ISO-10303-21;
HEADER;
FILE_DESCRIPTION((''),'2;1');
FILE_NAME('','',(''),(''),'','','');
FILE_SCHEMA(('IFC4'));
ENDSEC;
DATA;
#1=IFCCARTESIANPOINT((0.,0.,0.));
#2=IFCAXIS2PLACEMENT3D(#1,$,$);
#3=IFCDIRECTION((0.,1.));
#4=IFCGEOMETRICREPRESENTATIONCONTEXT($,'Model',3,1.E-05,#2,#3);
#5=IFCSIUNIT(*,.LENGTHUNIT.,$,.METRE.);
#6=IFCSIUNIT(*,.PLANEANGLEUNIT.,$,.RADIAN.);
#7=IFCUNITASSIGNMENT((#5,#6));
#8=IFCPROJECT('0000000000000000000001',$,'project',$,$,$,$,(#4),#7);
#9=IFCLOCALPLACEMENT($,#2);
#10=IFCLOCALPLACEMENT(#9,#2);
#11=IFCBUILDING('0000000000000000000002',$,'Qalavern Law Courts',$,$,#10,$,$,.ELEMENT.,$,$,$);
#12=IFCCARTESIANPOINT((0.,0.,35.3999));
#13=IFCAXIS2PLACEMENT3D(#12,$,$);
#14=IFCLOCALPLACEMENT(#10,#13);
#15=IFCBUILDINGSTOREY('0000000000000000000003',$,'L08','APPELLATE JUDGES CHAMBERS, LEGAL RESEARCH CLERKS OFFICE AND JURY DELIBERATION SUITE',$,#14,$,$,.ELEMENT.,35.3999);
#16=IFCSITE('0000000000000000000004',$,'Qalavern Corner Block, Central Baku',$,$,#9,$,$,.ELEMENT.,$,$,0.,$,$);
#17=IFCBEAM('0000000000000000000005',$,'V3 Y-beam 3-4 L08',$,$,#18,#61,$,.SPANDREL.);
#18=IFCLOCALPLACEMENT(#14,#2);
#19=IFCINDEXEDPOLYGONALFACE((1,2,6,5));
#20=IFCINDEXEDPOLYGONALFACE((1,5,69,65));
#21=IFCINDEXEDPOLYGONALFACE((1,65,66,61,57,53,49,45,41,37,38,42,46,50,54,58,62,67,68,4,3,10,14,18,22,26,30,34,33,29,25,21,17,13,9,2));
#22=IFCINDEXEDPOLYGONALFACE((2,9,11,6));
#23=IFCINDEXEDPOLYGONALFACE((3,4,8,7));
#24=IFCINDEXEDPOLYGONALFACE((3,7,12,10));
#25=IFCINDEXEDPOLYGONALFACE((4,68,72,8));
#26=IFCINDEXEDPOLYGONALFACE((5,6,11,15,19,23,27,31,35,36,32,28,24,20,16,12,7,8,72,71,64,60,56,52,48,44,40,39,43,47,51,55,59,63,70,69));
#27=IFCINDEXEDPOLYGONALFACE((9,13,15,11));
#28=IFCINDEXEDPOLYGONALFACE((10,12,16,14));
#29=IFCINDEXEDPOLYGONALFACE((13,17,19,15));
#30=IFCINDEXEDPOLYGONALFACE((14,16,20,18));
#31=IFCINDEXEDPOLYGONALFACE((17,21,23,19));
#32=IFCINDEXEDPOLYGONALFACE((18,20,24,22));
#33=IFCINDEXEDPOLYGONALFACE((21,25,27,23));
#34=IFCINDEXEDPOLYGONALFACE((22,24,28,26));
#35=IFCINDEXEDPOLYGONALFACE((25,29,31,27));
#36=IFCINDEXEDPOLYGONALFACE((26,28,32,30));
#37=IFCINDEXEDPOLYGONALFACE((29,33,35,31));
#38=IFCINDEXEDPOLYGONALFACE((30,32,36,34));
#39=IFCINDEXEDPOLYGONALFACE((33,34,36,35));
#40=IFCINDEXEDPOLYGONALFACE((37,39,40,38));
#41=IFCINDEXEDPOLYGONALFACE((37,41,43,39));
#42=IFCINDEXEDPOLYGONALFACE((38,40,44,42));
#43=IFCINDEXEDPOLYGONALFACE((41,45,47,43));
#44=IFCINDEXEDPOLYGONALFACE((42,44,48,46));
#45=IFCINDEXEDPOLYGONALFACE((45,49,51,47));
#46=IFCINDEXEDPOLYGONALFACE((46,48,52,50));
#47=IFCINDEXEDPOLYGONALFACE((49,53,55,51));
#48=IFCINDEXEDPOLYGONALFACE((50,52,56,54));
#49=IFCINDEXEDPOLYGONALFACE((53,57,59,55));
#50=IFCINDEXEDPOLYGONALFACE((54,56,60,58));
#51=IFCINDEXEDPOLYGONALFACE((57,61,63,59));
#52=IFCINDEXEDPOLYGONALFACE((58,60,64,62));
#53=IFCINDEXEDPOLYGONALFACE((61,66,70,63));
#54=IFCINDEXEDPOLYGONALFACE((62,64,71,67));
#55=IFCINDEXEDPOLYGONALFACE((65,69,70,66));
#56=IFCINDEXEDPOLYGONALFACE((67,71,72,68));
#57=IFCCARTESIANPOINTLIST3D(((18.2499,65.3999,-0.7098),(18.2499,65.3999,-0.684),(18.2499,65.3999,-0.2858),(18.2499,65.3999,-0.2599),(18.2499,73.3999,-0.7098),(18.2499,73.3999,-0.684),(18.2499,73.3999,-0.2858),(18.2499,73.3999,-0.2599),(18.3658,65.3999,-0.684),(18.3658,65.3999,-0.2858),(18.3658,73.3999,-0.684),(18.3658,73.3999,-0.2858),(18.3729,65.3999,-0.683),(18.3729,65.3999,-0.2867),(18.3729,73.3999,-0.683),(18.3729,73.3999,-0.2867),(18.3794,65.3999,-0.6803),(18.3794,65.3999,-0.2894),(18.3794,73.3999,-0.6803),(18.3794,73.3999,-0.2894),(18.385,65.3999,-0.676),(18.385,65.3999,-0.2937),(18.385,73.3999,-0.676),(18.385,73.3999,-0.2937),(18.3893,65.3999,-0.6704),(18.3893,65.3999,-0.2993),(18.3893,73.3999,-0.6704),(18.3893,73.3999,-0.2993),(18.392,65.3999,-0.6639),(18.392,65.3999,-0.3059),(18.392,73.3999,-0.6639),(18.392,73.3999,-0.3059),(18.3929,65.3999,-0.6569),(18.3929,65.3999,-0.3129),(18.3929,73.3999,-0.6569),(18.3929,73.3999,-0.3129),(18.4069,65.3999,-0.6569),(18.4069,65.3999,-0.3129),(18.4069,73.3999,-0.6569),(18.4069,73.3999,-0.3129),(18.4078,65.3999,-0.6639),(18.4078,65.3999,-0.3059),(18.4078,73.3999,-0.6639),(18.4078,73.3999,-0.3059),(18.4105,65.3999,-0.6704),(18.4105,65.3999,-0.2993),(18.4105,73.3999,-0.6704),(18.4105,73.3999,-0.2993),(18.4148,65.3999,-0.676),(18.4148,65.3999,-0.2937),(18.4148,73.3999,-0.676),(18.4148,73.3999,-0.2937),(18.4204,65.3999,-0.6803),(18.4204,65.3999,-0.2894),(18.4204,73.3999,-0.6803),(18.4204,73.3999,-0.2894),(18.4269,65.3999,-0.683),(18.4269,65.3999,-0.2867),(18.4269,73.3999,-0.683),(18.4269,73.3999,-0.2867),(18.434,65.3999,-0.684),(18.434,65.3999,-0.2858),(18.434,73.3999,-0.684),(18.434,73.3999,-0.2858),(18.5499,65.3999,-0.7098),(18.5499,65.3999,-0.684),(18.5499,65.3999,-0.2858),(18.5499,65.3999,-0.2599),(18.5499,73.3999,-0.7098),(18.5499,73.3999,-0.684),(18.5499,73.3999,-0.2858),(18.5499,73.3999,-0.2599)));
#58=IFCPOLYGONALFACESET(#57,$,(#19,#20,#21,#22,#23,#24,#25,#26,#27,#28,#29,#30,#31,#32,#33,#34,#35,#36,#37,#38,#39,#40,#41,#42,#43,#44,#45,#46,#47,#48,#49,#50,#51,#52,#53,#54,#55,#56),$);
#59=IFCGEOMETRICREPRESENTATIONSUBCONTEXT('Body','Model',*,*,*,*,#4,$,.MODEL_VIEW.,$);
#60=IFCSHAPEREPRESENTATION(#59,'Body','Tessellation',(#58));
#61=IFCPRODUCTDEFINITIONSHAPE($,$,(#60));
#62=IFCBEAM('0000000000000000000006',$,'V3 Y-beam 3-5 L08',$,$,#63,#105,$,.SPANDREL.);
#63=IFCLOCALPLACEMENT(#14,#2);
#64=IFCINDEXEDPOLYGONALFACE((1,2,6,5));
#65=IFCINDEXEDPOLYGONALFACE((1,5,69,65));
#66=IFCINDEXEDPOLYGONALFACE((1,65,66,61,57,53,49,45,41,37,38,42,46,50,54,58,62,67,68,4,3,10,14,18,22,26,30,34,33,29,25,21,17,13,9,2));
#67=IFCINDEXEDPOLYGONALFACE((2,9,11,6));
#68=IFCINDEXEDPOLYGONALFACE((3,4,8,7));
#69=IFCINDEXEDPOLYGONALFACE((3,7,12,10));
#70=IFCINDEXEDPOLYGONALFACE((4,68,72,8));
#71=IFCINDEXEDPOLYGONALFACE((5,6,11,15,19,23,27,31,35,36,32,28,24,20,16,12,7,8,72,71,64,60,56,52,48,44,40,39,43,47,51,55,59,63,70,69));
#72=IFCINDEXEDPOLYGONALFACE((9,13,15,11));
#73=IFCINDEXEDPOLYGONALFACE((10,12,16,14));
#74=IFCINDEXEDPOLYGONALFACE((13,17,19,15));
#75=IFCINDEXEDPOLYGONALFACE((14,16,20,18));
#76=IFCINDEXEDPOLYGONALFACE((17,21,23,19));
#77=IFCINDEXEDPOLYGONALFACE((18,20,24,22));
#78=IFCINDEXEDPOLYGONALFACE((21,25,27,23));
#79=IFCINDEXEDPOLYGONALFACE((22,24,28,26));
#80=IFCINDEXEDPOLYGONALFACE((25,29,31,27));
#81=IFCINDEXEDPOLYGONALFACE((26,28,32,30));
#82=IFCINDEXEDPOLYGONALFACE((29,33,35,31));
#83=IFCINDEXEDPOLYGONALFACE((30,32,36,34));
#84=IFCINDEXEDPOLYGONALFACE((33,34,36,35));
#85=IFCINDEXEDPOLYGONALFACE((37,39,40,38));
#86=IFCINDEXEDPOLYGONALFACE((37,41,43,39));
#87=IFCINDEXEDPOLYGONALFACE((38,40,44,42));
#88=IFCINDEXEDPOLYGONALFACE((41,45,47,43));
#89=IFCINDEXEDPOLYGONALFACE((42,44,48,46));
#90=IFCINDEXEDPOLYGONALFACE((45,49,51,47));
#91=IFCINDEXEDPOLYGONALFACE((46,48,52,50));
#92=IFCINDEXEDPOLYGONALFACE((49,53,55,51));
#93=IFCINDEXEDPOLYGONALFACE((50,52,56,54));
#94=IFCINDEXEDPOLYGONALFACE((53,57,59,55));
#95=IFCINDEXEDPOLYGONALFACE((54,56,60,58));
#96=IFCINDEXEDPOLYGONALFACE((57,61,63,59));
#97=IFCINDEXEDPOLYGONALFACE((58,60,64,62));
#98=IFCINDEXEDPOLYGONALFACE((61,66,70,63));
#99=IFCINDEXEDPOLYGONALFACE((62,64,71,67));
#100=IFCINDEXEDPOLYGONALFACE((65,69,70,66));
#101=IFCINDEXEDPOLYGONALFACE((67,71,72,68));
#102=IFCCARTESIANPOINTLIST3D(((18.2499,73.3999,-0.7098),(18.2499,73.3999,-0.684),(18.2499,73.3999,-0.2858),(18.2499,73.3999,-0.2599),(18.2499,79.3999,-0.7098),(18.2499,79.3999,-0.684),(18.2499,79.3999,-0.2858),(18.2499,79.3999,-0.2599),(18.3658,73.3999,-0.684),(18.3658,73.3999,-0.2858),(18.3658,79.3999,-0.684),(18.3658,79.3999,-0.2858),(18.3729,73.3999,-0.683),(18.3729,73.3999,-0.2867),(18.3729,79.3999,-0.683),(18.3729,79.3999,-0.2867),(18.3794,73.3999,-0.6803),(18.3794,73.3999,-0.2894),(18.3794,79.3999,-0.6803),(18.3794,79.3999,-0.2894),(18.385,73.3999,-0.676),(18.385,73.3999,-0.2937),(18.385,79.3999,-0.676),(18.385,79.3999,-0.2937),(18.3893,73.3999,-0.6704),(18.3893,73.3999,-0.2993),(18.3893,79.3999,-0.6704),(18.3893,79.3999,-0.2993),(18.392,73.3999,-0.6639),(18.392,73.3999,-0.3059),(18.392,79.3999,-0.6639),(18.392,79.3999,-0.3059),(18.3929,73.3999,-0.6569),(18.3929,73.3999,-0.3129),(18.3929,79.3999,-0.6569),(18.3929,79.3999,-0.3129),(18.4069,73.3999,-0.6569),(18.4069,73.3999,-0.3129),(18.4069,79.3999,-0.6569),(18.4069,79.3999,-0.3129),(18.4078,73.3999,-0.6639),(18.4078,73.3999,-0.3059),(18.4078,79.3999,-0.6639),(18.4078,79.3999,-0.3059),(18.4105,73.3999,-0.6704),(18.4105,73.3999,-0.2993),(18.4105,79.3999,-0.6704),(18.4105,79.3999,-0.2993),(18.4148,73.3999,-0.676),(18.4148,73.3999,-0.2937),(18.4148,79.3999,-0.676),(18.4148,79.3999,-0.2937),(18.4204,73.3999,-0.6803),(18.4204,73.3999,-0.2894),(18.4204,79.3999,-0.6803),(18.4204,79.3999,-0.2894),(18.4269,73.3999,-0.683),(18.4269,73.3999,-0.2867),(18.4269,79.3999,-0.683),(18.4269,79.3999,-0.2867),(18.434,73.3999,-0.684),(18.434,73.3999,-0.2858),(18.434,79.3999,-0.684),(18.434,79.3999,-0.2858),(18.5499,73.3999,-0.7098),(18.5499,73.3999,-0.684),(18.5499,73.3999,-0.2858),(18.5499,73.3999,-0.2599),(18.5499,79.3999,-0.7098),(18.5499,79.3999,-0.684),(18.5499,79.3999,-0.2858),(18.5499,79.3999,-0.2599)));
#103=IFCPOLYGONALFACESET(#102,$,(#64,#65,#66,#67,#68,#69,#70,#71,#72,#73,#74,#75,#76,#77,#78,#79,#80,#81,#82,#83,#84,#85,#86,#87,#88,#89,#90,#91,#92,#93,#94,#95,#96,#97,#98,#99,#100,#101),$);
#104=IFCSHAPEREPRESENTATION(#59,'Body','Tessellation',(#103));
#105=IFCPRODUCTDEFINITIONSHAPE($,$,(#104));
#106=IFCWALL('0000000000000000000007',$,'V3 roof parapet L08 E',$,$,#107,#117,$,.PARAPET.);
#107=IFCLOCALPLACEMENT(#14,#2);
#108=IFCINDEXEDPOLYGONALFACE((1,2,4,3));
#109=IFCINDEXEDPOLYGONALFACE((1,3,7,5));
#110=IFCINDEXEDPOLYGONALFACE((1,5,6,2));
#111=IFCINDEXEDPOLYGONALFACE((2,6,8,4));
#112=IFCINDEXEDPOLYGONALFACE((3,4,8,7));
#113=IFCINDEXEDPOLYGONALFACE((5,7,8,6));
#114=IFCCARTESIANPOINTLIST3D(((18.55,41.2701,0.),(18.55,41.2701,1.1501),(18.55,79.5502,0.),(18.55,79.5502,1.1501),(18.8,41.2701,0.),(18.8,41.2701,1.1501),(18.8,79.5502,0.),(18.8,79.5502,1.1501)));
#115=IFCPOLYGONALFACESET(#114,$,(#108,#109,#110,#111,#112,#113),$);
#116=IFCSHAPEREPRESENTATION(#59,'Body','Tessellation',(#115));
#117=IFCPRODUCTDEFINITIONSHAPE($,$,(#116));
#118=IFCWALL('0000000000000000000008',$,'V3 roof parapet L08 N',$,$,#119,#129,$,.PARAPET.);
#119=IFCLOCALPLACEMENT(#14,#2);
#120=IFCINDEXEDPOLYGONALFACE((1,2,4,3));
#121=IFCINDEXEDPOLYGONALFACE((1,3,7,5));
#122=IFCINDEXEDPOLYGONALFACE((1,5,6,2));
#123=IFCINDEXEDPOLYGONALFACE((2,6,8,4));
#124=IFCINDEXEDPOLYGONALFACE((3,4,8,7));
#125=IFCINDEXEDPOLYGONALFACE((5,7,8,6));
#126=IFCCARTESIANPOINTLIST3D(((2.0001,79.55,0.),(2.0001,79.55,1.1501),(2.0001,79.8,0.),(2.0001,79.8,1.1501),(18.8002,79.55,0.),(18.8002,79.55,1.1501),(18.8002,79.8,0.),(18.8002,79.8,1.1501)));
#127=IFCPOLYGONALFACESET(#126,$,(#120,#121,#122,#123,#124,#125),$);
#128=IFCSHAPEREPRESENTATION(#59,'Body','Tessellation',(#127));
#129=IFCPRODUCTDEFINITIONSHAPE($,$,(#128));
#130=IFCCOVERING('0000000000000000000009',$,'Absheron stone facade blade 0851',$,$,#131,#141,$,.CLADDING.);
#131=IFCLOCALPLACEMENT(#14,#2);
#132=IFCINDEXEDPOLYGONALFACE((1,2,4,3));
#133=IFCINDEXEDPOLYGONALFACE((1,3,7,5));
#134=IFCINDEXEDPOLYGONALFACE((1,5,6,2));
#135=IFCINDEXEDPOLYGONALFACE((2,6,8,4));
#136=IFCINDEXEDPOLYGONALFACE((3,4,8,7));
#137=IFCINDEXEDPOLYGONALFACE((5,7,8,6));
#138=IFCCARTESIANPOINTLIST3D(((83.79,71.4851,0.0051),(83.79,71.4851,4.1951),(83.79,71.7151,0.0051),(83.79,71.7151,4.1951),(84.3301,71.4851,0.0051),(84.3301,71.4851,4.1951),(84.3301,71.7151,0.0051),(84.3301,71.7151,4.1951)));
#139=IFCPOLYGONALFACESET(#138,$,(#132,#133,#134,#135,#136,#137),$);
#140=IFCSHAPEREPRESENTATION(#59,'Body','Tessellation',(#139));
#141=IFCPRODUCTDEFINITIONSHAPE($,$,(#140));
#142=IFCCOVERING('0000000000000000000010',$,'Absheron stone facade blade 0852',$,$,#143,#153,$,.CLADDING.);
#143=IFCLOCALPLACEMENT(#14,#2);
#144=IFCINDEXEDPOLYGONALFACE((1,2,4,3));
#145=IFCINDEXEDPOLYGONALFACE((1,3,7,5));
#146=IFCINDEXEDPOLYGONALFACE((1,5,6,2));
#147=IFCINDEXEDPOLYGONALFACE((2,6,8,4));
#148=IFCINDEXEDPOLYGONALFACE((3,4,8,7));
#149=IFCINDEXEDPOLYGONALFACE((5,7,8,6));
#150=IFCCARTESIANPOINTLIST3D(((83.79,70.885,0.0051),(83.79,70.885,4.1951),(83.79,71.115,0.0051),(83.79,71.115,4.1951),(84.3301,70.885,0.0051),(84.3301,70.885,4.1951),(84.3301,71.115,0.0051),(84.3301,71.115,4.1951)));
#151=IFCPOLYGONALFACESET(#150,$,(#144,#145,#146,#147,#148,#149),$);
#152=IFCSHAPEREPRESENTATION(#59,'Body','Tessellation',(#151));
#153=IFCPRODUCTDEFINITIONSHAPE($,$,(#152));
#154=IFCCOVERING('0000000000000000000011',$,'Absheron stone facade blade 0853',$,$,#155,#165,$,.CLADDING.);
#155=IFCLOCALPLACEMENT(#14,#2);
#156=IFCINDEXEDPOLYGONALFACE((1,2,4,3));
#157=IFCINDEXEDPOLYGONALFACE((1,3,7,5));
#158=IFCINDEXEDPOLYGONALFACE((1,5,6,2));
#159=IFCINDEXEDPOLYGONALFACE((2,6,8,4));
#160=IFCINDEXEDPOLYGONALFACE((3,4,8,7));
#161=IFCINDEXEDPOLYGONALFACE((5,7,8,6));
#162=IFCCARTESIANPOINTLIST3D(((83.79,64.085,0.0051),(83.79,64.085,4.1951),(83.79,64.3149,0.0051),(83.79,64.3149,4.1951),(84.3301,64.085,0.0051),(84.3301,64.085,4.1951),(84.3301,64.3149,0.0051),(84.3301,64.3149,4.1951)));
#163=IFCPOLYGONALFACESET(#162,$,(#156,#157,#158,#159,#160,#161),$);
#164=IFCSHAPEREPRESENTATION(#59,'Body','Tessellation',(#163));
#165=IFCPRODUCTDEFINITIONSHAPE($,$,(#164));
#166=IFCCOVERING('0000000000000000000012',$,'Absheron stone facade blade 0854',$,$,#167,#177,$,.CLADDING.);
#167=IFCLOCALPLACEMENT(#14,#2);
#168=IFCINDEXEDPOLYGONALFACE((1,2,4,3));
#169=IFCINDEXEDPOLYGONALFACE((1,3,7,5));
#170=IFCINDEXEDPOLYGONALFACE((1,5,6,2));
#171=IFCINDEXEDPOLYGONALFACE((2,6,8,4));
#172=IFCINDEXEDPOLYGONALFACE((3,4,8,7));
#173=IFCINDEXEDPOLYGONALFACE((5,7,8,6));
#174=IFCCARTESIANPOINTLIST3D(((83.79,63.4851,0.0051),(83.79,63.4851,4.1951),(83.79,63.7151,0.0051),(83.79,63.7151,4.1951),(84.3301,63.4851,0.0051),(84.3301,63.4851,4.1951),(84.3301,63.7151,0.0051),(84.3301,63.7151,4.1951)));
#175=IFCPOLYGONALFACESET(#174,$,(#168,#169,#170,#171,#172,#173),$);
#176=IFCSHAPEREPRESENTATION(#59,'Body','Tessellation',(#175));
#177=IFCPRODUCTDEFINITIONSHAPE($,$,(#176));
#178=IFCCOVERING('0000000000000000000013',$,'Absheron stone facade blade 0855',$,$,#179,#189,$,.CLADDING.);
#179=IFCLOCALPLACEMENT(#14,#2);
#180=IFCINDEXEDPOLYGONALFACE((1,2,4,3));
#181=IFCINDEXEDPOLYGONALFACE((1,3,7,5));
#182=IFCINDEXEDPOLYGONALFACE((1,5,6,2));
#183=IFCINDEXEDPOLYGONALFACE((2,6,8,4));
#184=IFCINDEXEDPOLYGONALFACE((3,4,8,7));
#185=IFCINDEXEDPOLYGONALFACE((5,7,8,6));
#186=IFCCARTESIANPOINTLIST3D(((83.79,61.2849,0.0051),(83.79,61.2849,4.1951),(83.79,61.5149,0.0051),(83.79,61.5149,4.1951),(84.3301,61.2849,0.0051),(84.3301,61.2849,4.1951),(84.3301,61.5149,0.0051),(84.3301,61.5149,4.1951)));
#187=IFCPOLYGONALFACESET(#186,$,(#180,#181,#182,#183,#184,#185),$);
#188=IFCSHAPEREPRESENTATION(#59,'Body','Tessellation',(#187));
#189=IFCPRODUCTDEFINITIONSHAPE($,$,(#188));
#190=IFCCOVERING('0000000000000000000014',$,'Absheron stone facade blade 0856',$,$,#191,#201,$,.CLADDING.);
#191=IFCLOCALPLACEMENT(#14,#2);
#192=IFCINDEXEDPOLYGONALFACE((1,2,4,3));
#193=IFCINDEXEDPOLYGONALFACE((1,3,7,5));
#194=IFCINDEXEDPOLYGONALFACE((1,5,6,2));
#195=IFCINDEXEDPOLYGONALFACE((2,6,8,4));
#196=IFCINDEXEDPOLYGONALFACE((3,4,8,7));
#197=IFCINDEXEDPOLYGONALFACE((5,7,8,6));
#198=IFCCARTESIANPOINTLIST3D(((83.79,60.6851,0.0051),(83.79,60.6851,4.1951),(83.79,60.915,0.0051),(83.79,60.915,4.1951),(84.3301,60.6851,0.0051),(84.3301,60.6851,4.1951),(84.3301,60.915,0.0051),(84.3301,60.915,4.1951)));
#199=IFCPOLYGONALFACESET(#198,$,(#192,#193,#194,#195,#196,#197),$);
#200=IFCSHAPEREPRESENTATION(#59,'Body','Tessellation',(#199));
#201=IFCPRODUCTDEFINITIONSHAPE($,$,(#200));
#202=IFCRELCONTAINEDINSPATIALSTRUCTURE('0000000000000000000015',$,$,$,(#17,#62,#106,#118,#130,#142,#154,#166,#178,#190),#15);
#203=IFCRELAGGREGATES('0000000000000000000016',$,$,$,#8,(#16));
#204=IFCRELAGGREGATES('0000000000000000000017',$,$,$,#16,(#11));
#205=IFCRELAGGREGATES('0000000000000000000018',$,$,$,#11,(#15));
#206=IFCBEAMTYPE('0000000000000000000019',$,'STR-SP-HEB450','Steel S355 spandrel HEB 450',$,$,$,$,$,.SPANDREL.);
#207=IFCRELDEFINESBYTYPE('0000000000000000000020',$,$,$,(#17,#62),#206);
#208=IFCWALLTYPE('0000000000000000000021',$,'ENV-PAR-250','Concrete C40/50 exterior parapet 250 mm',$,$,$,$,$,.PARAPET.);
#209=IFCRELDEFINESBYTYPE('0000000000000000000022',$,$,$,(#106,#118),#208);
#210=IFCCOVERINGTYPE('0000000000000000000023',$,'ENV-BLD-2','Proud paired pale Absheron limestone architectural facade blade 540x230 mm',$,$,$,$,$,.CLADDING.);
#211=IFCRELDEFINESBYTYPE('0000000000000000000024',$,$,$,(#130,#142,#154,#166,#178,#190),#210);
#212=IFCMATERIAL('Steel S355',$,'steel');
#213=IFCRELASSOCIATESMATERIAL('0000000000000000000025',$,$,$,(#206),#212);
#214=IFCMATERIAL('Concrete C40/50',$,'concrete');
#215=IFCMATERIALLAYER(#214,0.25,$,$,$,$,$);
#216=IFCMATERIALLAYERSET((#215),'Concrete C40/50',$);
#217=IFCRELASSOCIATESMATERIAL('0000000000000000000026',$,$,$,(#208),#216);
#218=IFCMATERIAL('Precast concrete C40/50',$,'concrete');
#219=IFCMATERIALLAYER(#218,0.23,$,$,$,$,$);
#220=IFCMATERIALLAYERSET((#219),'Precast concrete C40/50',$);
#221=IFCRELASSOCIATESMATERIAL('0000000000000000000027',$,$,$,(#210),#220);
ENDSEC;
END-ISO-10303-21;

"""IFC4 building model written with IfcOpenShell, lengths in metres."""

from ifc_helpers import new_model, si_unit, direction, frame, frame_2d, origin, origin_2d, place, context, subcontext, project, spatial, rectangle, i_section, extrude, material, layer, layer_set, material_profile, profile_set, type_object, element, save


model = new_model("IFC4")

# Units and contexts
model_context = context("Model", 3, precision=1e-05, world=origin(), true_north=direction((0.0, 1.0)))
body_context = subcontext(model_context, "Body", "Model", "MODEL_VIEW")
ifc_project = project(units=[si_unit("LENGTHUNIT", "METRE"), si_unit("PLANEANGLEUNIT", "RADIAN")], contexts=[model_context])

# Site, building, storey
site_placement = place(None, origin())
site = spatial("IfcSite", under=ifc_project, at=site_placement, Name="Qalavern Corner Block, Central Baku", CompositionType="ELEMENT", RefElevation=0.0)
building_placement = place(site_placement, origin())
building = spatial("IfcBuilding", under=site, at=building_placement, Name="Qalavern Law Courts", CompositionType="ELEMENT")
storey_placement = place(building_placement, frame((0.0, 0.0, 35.3999)))
storey = spatial("IfcBuildingStorey", under=building, at=storey_placement, Name="L08", Description="APPELLATE JUDGES CHAMBERS, LEGAL RESEARCH CLERKS OFFICE AND JURY DELIBERATION SUITE", CompositionType="ELEMENT", Elevation=35.3999)

# Beams
ifc_material_1 = material(Name="Steel S355", Category="steel")
ifc_material_profile_1 = material_profile(ifc_material_1, i_section(OverallWidth=0.3, OverallDepth=0.45, WebThickness=0.0139, FlangeThickness=0.0259, FilletRadius=0.0271, at=origin_2d()), Name="HEB 450")
ifc_profile_set_1 = profile_set([ifc_material_profile_1], Name="Steel S355")
beam_type_1 = type_object("IfcBeamType", Name="STR-SP-HEB450", Description="Steel S355 spandrel HEB 450", PredefinedType="SPANDREL", material=ifc_profile_set_1)
for number, where, z_axis, x_axis, name in (
    (1, (18.3999, 65.3999, -0.4849), (0.0, 1.0, 0.0), (-1.0, 0.0, 0.0), "V3 Y-beam 3-4 L08"),
):
    element("IfcBeam", number, at=place(storey_placement, frame(where, z_axis=z_axis, x_axis=x_axis)), inside=storey, type_object=beam_type_1, Name=name, PredefinedType="SPANDREL", context=body_context, shape_type="SweptSolid", body=[
        extrude(i_section(OverallWidth=0.3, OverallDepth=0.45, WebThickness=0.0139, FlangeThickness=0.0259, FilletRadius=0.0271, at=origin_2d()), origin(), (0.0, 0.0, 1.0), 8.0),
    ])
beam_1_placement = place(storey_placement, frame((18.3999, 73.3999, -0.4849), z_axis=(0.0, 1.0, 0.0), x_axis=(-1.0, 0.0, 0.0)))
element("IfcBeam", 2, at=beam_1_placement, inside=storey, type_object=beam_type_1, Name="V3 Y-beam 3-5 L08", PredefinedType="SPANDREL", context=body_context, shape_type="SweptSolid", body=[
    extrude(i_section(OverallWidth=0.3, OverallDepth=0.45, WebThickness=0.0139, FlangeThickness=0.0259, FilletRadius=0.0271, at=origin_2d()), origin(), (0.0, 0.0, 1.0), 6.0),
])

# Walls
ifc_material_2 = material(Name="Concrete C40/50", Category="concrete")
ifc_layer_1 = layer(ifc_material_2, 0.25)
ifc_layer_set_1 = layer_set([ifc_layer_1], Name="Concrete C40/50")
wall_type = type_object("IfcWallType", Name="ENV-PAR-250", Description="Concrete C40/50 exterior parapet 250 mm", PredefinedType="PARAPET", material=ifc_layer_set_1)
wall_1_placement = place(storey_placement, frame((18.675, 41.27, 0.0), z_axis=(0.0, 0.0, 1.0), x_axis=(0.0, 1.0, 0.0)))
element("IfcWall", 3, at=wall_1_placement, inside=storey, type_object=wall_type, Name="V3 roof parapet L08 E", PredefinedType="PARAPET", context=body_context, shape_type="SweptSolid", body=[
    extrude(rectangle(XDim=38.28, YDim=0.25, at=frame_2d((19.1401, 0.0))), origin(), (0.0, 0.0, 1.0), 1.1501),
])
wall_2_placement = place(storey_placement, frame((18.8, 79.675, 0.0), z_axis=(0.0, 0.0, 1.0), x_axis=(-1.0, 0.0, 0.0)))
element("IfcWall", 4, at=wall_2_placement, inside=storey, type_object=wall_type, Name="V3 roof parapet L08 N", PredefinedType="PARAPET", context=body_context, shape_type="SweptSolid", body=[
    extrude(rectangle(XDim=16.8, YDim=0.25, at=frame_2d((8.3999, 0.0))), origin(), (0.0, 0.0, 1.0), 1.1501),
])

# Coverings
ifc_material_3 = material(Name="Precast concrete C40/50", Category="concrete")
ifc_layer_2 = layer(ifc_material_3, 0.23)
ifc_layer_set_2 = layer_set([ifc_layer_2], Name="Precast concrete C40/50")
covering_type_1 = type_object("IfcCoveringType", Name="ENV-BLD-2", Description="Proud paired pale Absheron limestone architectural facade blade 540x230 mm", PredefinedType="CLADDING", material=ifc_layer_set_2)
for number, where, z_axis, x_axis, name in (
    (5, (84.0601, 71.6001, 0.0051), (0.0, 0.0, 1.0), (-1.0, 0.0, 0.0), "Absheron stone facade blade 0851"),
    (6, (84.0601, 71.0, 0.0051), (0.0, 0.0, 1.0), (-1.0, 0.0, 0.0), "Absheron stone facade blade 0852"),
    (7, (84.0601, 64.2, 0.0051), (0.0, 0.0, 1.0), (-1.0, 0.0, 0.0), "Absheron stone facade blade 0853"),
    (8, (84.0601, 63.6001, 0.0051), (0.0, 0.0, 1.0), (-1.0, 0.0, 0.0), "Absheron stone facade blade 0854"),
    (9, (84.0601, 61.3999, 0.0051), (0.0, 0.0, 1.0), (-1.0, 0.0, 0.0), "Absheron stone facade blade 0855"),
    (10, (84.0601, 60.8, 0.0051), (0.0, 0.0, 1.0), (-1.0, 0.0, 0.0), "Absheron stone facade blade 0856"),
):
    element("IfcCovering", number, at=place(storey_placement, frame(where, z_axis=z_axis, x_axis=x_axis)), inside=storey, type_object=covering_type_1, Name=name, PredefinedType="CLADDING", context=body_context, shape_type="SweptSolid", body=[
        extrude(rectangle(XDim=0.54, YDim=0.23, at=origin_2d()), origin(), (0.0, 0.0, 1.0), 4.1899),
    ])

save(model, "model.ifc")
